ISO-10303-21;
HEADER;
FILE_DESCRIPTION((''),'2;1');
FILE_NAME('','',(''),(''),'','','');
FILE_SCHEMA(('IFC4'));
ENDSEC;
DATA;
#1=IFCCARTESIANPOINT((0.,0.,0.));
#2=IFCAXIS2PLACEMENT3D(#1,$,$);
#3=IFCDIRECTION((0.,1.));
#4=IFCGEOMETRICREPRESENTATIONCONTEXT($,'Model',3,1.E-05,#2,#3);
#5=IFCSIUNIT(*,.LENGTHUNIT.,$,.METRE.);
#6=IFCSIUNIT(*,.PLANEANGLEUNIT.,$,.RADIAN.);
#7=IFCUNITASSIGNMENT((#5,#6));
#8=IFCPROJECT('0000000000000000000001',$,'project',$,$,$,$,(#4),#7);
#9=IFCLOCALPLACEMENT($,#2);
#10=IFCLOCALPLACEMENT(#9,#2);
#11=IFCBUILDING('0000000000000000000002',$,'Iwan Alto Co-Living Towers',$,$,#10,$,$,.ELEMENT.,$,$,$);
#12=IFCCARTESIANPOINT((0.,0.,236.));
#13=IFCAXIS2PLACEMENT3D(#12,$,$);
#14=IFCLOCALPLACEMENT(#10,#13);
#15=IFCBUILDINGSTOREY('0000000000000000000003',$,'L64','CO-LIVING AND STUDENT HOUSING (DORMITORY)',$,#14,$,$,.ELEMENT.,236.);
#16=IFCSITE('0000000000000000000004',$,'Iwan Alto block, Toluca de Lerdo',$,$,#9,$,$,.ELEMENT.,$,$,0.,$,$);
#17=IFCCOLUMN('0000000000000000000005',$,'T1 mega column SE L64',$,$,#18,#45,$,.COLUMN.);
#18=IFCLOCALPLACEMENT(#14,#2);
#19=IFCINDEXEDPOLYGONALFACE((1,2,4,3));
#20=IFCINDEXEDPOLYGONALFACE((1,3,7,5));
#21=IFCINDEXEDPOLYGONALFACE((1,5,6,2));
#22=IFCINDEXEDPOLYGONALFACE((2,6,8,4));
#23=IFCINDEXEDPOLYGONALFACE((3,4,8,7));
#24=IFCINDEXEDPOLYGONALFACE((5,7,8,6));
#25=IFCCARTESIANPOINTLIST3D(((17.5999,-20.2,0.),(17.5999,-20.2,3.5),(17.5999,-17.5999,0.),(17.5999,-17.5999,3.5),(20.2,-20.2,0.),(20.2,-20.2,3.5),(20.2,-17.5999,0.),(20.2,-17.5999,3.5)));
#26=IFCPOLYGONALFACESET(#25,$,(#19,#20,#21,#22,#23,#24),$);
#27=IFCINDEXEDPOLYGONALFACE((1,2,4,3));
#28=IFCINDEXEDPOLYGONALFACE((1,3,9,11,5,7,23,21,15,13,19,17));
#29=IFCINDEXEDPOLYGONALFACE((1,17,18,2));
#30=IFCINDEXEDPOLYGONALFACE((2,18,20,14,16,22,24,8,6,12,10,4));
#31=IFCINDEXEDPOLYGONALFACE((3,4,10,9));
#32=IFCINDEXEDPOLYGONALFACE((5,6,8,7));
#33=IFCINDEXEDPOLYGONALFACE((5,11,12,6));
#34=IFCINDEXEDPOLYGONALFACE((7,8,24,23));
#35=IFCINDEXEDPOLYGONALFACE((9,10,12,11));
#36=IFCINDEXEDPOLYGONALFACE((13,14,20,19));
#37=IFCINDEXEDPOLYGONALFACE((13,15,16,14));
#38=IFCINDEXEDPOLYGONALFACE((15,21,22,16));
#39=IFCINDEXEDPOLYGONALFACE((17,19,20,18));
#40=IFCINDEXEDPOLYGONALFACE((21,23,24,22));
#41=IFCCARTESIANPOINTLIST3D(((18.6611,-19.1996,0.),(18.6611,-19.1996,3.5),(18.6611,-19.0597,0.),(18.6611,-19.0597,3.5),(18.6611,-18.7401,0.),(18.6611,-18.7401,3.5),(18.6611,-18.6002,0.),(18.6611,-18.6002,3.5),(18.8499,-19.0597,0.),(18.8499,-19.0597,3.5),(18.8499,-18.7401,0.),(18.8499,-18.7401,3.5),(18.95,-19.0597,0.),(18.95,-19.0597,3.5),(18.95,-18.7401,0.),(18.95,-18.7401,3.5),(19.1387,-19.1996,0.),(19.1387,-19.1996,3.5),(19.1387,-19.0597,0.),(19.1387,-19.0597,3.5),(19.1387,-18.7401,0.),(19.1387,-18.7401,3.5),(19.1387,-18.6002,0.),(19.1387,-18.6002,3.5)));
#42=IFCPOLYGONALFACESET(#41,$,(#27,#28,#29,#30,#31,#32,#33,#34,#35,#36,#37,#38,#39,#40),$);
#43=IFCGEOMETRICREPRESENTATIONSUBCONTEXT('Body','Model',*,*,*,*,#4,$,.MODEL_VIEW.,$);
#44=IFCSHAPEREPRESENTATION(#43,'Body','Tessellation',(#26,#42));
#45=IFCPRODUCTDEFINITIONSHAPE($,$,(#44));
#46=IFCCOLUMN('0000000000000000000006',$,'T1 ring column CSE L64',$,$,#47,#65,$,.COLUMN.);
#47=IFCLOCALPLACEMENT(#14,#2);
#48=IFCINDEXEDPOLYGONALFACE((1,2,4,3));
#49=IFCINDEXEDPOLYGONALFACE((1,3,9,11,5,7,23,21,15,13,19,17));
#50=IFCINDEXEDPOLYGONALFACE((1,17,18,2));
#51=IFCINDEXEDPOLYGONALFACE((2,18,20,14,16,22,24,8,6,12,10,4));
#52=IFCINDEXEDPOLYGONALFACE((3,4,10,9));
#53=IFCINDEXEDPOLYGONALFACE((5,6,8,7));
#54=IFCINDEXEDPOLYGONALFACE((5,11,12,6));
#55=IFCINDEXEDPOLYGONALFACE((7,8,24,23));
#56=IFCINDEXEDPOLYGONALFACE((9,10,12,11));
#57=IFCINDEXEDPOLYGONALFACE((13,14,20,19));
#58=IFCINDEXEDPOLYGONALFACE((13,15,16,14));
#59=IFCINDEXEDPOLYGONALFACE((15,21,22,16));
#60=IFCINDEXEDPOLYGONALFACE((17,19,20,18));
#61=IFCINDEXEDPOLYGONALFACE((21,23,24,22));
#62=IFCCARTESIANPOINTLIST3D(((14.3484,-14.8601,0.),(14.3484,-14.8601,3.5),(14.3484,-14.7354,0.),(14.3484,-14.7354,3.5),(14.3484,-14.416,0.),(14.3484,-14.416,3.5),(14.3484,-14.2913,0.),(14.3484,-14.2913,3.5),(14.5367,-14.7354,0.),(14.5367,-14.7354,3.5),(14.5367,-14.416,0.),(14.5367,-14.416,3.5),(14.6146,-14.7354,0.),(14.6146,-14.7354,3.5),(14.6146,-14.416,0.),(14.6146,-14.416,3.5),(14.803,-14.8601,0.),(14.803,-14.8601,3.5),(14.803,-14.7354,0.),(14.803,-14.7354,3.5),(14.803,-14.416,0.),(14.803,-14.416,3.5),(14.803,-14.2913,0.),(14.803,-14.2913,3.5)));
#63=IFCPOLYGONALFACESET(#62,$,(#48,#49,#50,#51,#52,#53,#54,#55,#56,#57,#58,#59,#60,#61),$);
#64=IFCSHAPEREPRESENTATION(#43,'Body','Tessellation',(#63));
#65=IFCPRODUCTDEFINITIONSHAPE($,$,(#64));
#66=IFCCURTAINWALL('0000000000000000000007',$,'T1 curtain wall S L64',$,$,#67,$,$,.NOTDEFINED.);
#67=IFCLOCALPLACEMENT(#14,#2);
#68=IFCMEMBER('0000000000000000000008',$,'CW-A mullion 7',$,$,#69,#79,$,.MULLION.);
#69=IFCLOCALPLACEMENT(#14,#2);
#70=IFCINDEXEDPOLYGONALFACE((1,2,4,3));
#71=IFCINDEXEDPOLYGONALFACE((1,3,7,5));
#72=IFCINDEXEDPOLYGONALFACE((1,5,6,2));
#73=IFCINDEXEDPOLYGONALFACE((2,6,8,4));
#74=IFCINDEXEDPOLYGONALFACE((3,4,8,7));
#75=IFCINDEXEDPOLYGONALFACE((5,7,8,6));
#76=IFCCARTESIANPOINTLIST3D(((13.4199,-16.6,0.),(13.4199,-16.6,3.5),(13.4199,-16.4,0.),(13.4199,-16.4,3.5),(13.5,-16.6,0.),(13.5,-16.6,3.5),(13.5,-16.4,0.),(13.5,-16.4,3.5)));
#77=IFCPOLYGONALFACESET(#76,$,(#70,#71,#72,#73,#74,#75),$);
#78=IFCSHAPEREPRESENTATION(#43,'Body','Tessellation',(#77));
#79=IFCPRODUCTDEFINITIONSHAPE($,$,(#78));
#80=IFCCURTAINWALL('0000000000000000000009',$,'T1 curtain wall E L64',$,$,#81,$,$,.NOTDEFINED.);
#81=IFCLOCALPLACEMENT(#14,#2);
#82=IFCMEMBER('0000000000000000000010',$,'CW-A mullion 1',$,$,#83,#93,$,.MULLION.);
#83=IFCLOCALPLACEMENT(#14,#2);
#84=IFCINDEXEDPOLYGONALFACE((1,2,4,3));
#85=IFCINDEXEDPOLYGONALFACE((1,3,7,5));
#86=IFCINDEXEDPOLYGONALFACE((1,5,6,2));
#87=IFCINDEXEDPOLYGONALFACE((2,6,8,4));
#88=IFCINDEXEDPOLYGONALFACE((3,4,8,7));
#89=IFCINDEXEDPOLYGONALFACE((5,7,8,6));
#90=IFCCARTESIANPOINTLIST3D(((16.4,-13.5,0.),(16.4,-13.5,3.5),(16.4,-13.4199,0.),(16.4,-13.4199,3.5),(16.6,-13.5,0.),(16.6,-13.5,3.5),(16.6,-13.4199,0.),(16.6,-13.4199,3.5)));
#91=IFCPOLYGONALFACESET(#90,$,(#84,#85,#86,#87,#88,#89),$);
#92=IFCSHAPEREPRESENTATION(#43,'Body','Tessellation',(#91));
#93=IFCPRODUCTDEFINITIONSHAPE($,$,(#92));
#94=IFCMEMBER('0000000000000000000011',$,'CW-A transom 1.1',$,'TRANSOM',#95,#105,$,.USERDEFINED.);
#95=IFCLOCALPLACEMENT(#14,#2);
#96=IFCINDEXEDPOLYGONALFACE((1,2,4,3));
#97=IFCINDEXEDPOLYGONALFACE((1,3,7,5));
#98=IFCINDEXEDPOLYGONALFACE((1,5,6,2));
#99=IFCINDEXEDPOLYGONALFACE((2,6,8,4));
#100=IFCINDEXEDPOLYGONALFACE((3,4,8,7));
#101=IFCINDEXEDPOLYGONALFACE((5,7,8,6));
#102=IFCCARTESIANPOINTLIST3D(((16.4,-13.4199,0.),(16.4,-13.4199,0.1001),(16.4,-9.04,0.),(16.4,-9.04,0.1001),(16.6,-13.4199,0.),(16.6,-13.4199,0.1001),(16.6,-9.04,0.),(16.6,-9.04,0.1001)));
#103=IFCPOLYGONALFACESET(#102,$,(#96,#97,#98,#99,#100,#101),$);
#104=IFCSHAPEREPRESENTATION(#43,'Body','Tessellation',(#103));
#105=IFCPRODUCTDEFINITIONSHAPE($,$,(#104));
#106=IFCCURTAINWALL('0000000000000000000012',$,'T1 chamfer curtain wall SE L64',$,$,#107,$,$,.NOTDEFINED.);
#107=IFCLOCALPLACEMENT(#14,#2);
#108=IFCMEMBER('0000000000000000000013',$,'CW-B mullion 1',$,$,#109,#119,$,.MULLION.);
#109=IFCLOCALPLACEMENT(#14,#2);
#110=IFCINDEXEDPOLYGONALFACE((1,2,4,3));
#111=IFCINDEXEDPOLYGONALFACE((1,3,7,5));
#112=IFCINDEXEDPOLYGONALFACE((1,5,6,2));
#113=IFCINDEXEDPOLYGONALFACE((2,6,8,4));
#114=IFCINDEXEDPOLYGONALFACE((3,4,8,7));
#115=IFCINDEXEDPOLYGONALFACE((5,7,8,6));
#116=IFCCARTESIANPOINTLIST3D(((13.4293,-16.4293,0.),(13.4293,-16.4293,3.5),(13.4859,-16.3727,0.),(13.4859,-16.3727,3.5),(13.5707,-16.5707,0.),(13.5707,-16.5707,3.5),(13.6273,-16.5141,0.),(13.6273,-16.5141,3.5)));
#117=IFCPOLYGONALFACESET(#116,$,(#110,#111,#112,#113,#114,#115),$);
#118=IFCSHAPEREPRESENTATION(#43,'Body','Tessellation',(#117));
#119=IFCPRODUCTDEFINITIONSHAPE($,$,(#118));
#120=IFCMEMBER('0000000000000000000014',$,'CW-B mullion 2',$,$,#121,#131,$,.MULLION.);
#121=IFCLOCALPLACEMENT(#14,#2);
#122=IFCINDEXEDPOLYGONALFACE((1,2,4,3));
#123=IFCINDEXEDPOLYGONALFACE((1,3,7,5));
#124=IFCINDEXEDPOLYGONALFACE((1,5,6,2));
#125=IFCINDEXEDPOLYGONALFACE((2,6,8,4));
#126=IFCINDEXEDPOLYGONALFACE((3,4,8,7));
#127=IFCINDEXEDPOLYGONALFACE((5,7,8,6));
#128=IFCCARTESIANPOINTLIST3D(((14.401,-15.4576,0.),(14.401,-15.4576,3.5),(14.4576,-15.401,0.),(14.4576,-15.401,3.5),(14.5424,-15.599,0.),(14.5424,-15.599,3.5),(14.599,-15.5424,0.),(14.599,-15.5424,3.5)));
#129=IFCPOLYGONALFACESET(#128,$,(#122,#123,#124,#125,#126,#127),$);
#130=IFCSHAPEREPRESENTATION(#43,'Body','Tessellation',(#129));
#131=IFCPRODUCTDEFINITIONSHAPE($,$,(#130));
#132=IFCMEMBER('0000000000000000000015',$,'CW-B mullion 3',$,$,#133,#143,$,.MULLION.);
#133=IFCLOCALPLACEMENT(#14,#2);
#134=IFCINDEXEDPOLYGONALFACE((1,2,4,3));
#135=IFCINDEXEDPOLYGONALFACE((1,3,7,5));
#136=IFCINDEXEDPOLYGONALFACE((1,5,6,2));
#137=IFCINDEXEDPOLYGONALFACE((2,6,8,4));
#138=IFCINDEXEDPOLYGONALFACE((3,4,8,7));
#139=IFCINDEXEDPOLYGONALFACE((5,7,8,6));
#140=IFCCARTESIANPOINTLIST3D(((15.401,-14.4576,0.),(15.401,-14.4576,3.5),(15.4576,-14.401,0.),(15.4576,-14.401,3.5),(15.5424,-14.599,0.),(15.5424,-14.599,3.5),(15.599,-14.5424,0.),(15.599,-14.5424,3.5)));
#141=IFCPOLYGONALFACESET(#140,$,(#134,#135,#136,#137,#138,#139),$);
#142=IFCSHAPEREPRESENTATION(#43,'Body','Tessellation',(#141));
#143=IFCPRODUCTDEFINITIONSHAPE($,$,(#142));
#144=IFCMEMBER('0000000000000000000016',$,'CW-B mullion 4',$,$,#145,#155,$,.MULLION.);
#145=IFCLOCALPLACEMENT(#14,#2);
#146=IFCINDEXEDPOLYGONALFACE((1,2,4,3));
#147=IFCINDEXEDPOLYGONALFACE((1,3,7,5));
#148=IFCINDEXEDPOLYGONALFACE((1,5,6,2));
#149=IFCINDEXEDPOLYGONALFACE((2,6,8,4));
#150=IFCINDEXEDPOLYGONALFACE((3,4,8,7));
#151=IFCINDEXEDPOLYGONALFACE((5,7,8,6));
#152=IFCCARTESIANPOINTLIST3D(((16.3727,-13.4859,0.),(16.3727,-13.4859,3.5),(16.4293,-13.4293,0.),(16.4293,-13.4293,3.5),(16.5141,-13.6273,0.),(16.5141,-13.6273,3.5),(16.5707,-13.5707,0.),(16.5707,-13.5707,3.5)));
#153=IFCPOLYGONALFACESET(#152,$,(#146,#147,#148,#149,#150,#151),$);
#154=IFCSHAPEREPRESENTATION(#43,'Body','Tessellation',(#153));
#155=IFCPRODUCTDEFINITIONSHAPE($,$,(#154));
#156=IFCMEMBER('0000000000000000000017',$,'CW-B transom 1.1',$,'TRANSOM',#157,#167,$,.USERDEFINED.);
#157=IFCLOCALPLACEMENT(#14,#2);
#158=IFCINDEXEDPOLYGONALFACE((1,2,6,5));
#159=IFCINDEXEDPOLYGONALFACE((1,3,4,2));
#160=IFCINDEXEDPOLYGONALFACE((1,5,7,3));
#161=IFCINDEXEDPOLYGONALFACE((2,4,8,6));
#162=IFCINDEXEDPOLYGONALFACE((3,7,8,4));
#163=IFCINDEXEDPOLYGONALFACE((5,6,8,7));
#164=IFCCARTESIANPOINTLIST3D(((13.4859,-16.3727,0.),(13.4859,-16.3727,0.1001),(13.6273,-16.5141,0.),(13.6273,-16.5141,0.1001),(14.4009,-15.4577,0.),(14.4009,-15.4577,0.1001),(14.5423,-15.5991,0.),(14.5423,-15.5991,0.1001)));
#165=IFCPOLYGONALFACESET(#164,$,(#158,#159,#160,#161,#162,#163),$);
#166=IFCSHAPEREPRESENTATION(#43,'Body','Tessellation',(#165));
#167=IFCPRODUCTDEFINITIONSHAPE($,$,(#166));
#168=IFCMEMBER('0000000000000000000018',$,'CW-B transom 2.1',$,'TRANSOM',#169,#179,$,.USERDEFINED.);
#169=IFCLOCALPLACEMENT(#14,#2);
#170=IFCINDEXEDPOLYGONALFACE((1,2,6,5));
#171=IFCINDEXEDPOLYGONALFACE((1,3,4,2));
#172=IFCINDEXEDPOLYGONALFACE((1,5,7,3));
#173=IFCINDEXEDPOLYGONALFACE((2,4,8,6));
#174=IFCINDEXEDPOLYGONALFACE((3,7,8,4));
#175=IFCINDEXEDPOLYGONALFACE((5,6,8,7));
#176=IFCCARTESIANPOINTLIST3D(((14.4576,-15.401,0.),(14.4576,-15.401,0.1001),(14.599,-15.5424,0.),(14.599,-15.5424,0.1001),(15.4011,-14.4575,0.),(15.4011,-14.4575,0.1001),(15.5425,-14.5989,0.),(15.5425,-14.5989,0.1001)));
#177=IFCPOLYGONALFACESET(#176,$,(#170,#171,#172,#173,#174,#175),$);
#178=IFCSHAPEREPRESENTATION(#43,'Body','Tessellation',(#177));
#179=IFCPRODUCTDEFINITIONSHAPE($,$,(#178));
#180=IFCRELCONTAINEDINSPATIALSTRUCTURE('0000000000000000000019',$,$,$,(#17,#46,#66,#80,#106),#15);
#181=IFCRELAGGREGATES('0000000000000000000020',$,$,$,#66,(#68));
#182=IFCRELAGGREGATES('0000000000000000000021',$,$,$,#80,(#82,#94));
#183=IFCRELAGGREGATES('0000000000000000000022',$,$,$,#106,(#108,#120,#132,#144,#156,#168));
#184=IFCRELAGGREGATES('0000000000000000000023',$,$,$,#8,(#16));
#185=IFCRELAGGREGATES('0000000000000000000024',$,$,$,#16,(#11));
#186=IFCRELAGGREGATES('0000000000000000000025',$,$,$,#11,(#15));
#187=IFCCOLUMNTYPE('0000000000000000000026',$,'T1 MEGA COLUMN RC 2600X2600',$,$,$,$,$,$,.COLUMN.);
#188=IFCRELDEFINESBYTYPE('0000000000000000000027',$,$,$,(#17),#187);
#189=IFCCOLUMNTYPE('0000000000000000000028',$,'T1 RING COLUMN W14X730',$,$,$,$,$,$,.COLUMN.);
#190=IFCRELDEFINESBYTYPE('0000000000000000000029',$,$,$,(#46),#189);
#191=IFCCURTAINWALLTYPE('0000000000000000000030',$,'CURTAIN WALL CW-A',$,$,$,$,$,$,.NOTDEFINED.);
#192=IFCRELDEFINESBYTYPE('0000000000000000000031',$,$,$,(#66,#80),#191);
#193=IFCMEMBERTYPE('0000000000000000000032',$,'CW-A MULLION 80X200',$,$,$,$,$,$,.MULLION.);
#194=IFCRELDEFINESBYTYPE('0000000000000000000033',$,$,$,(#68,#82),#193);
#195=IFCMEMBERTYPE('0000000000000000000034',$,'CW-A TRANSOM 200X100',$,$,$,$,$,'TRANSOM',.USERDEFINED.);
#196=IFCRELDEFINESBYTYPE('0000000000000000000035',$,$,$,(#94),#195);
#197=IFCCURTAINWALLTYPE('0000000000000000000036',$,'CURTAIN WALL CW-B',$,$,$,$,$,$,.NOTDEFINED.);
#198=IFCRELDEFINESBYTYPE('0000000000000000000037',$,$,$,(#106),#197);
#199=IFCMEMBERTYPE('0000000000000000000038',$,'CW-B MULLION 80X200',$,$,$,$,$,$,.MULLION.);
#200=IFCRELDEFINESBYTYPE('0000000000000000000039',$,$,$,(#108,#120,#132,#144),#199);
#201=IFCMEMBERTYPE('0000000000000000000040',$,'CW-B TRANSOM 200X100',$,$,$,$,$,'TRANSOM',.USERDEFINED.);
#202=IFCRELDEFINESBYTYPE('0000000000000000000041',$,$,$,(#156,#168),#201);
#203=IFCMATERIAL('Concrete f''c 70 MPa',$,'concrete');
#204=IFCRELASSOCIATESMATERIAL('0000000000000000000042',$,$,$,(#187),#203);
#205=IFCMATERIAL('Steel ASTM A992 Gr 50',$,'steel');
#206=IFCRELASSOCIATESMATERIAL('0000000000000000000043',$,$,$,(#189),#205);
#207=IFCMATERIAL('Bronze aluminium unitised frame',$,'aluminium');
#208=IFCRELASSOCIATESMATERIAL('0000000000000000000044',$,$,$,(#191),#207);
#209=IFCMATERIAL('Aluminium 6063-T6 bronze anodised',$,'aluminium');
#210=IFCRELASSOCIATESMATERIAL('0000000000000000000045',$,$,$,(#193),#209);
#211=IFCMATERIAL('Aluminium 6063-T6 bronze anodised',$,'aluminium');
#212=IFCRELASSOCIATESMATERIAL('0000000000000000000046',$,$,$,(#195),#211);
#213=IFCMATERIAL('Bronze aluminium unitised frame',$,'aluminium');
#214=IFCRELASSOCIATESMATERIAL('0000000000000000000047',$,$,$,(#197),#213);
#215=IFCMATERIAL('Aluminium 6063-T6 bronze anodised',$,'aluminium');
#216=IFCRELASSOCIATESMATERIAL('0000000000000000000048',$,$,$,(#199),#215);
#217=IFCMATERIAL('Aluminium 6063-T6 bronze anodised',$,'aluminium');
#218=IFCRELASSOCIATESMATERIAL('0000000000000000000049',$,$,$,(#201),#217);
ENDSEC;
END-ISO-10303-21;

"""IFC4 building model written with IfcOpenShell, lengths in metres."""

from ifc_helpers import new_model, si_unit, direction, frame, origin, origin_2d, place, context, subcontext, project, spatial, rectangle, i_section, extrude, material, material_profile, profile_set, type_object, element, aggregate, save


model = new_model("IFC4")

# Units and contexts
model_context = context("Model", 3, precision=1e-05, world=origin(), true_north=direction((0.0, 1.0)))
body_context = subcontext(model_context, "Body", "Model", "MODEL_VIEW")
ifc_project = project(units=[si_unit("LENGTHUNIT", "METRE"), si_unit("PLANEANGLEUNIT", "RADIAN")], contexts=[model_context])

# Site, building, storey
site_placement = place(None, origin())
site = spatial("IfcSite", under=ifc_project, at=site_placement, Name="Iwan Alto block, Toluca de Lerdo", CompositionType="ELEMENT", RefElevation=0.0)
building_placement = place(site_placement, origin())
building = spatial("IfcBuilding", under=site, at=building_placement, Name="Iwan Alto Co-Living Towers", CompositionType="ELEMENT")
storey_placement = place(building_placement, frame((0.0, 0.0, 236.0)))
storey = spatial("IfcBuildingStorey", under=building, at=storey_placement, Name="L64", Description="CO-LIVING AND STUDENT HOUSING (DORMITORY)", CompositionType="ELEMENT", Elevation=236.0)

# Columns
ifc_material_1 = material(Name="Concrete f'c 70 MPa", Category="concrete")
ifc_material_profile_1 = material_profile(ifc_material_1, rectangle(XDim=2.6001, YDim=2.6001, at=origin_2d()), Name="RC 2600X2600")
ifc_profile_set_1 = profile_set([ifc_material_profile_1], Name="Concrete f'c 70 MPa")
column_type_1 = type_object("IfcColumnType", Name="T1 MEGA COLUMN RC 2600X2600", PredefinedType="COLUMN", material=ifc_profile_set_1)
column_1_placement = place(storey_placement, frame((18.8999, -18.8999, 0.0), z_axis=(0.0, 0.0, 1.0), x_axis=(1.0, 0.0, 0.0)))
element("IfcColumn", 1, at=column_1_placement, inside=storey, type_object=column_type_1, Name="T1 mega column SE L64", PredefinedType="COLUMN", context=body_context, shape_type="SweptSolid", body=[
    extrude(rectangle(XDim=2.6001, YDim=2.6001, at=origin_2d()), origin(), (0.0, 0.0, 1.0), 3.5),
    extrude(i_section(OverallWidth=0.4775, OverallDepth=0.5994, WebThickness=0.1001, FlangeThickness=0.1399, at=origin_2d()), origin(), (0.0, 0.0, 1.0), 3.5),
])
ifc_material_2 = material(Name="Steel ASTM A992 Gr 50", Category="steel")
ifc_material_profile_2 = material_profile(ifc_material_2, i_section(OverallWidth=0.4546, OverallDepth=0.5688, WebThickness=0.0779, FlangeThickness=0.1248, at=origin_2d()), Name="W14X730")
ifc_profile_set_2 = profile_set([ifc_material_profile_2], Name="Steel ASTM A992 Gr 50")
column_type_2 = type_object("IfcColumnType", Name="T1 RING COLUMN W14X730", PredefinedType="COLUMN", material=ifc_profile_set_2)
column_2_placement = place(storey_placement, frame((14.5757, -14.5757, 0.0), z_axis=(0.0, 0.0, 1.0), x_axis=(1.0, 0.0, 0.0)))
element("IfcColumn", 2, at=column_2_placement, inside=storey, type_object=column_type_2, Name="T1 ring column CSE L64", PredefinedType="COLUMN", context=body_context, shape_type="SweptSolid", body=[
    extrude(i_section(OverallWidth=0.4546, OverallDepth=0.5688, WebThickness=0.0779, FlangeThickness=0.1248, at=origin_2d()), origin(), (0.0, 0.0, 1.0), 3.5),
])

# Curtain wall, member
ifc_material_3 = material(Name="Bronze aluminium unitised frame", Category="aluminium")
curtain_wall_type_1 = type_object("IfcCurtainWallType", Name="CURTAIN WALL CW-A", PredefinedType="NOTDEFINED", material=ifc_material_3)
curtain_wall_1_placement = place(storey_placement, origin())
curtain_wall_1 = element("IfcCurtainWall", 3, at=curtain_wall_1_placement, inside=storey, type_object=curtain_wall_type_1, Name="T1 curtain wall S L64", PredefinedType="NOTDEFINED")
ifc_material_4 = material(Name="Aluminium 6063-T6 bronze anodised", Category="aluminium")
ifc_material_profile_3 = material_profile(ifc_material_4, rectangle(XDim=0.2, YDim=0.0801, at=origin_2d()), Name="AL 80X200")
ifc_profile_set_3 = profile_set([ifc_material_profile_3], Name="Aluminium 6063-T6 bronze anodised")
member_type_1 = type_object("IfcMemberType", Name="CW-A MULLION 80X200", PredefinedType="MULLION", material=ifc_profile_set_3)
member_1_placement = place(storey_placement, frame((13.46, -16.5, 0.0), z_axis=(0.0, 0.0, 1.0), x_axis=(0.0, 1.0, 0.0)))
member_1 = element("IfcMember", 4, at=member_1_placement, type_object=member_type_1, Name="CW-A mullion 7", PredefinedType="MULLION", context=body_context, shape_type="SweptSolid", body=[
    extrude(rectangle(XDim=0.2, YDim=0.0801, at=origin_2d()), origin(), (0.0, 0.0, 1.0), 3.5),
])
aggregate(curtain_wall_1, [member_1])

# Curtain walls, members
curtain_wall_2_placement = place(storey_placement, origin())
curtain_wall_2 = element("IfcCurtainWall", 5, at=curtain_wall_2_placement, inside=storey, type_object=curtain_wall_type_1, Name="T1 curtain wall E L64", PredefinedType="NOTDEFINED")
member_2_placement = place(storey_placement, frame((16.5, -13.46, 0.0), z_axis=(0.0, 0.0, 1.0), x_axis=(-1.0, 0.0, 0.0)))
member_2 = element("IfcMember", 6, at=member_2_placement, type_object=member_type_1, Name="CW-A mullion 1", PredefinedType="MULLION", context=body_context, shape_type="SweptSolid", body=[
    extrude(rectangle(XDim=0.2, YDim=0.0801, at=origin_2d()), origin(), (0.0, 0.0, 1.0), 3.5),
])
ifc_material_5 = material(Name="Aluminium 6063-T6 bronze anodised", Category="aluminium")
ifc_material_profile_4 = material_profile(ifc_material_5, rectangle(XDim=0.2, YDim=0.1001, at=origin_2d()), Name="AL 200X100")
ifc_profile_set_4 = profile_set([ifc_material_profile_4], Name="Aluminium 6063-T6 bronze anodised")
member_type_2 = type_object("IfcMemberType", Name="CW-A TRANSOM 200X100", ElementType="TRANSOM", PredefinedType="USERDEFINED", material=ifc_profile_set_4)
member_3_placement = place(storey_placement, frame((16.5, -13.4199, 0.05), z_axis=(0.0, 1.0, 0.0), x_axis=(-1.0, 0.0, 0.0)))
member_3 = element("IfcMember", 7, at=member_3_placement, type_object=member_type_2, Name="CW-A transom 1.1", ObjectType="TRANSOM", PredefinedType="USERDEFINED", context=body_context, shape_type="SweptSolid", body=[
    extrude(rectangle(XDim=0.2, YDim=0.1001, at=origin_2d()), origin(), (0.0, 0.0, 1.0), 4.3799),
])
aggregate(curtain_wall_2, [member_2, member_3])
ifc_material_6 = material(Name="Bronze aluminium unitised frame", Category="aluminium")
curtain_wall_type_2 = type_object("IfcCurtainWallType", Name="CURTAIN WALL CW-B", PredefinedType="NOTDEFINED", material=ifc_material_6)
curtain_wall_3_placement = place(storey_placement, origin())
curtain_wall_3 = element("IfcCurtainWall", 8, at=curtain_wall_3_placement, inside=storey, type_object=curtain_wall_type_2, Name="T1 chamfer curtain wall SE L64", PredefinedType="NOTDEFINED")
ifc_material_7 = material(Name="Aluminium 6063-T6 bronze anodised", Category="aluminium")
ifc_material_profile_5 = material_profile(ifc_material_7, rectangle(XDim=0.2, YDim=0.0801, at=origin_2d()), Name="AL 80X200")
ifc_profile_set_5 = profile_set([ifc_material_profile_5], Name="Aluminium 6063-T6 bronze anodised")
member_type_3 = type_object("IfcMemberType", Name="CW-B MULLION 80X200", PredefinedType="MULLION", material=ifc_profile_set_5)
member_4_placement = place(storey_placement, frame((13.5283, -16.4717, 0.0), z_axis=(0.0, 0.0, 1.0), x_axis=(-0.707107, 0.707107, 0.0)))
member_4 = element("IfcMember", 9, at=member_4_placement, type_object=member_type_3, Name="CW-B mullion 1", PredefinedType="MULLION", context=body_context, shape_type="SweptSolid", body=[
    extrude(rectangle(XDim=0.2, YDim=0.0801, at=origin_2d()), origin(), (0.0, 0.0, 1.0), 3.5),
])
member_5_placement = place(storey_placement, frame((14.5, -15.5, 0.0), z_axis=(0.0, 0.0, 1.0), x_axis=(-0.707107, 0.707107, 0.0)))
member_5 = element("IfcMember", 10, at=member_5_placement, type_object=member_type_3, Name="CW-B mullion 2", PredefinedType="MULLION", context=body_context, shape_type="SweptSolid", body=[
    extrude(rectangle(XDim=0.2, YDim=0.0801, at=origin_2d()), origin(), (0.0, 0.0, 1.0), 3.5),
])
member_6_placement = place(storey_placement, frame((15.5, -14.5, 0.0), z_axis=(0.0, 0.0, 1.0), x_axis=(-0.707107, 0.707107, 0.0)))
member_6 = element("IfcMember", 11, at=member_6_placement, type_object=member_type_3, Name="CW-B mullion 3", PredefinedType="MULLION", context=body_context, shape_type="SweptSolid", body=[
    extrude(rectangle(XDim=0.2, YDim=0.0801, at=origin_2d()), origin(), (0.0, 0.0, 1.0), 3.5),
])
member_7_placement = place(storey_placement, frame((16.4717, -13.5283, 0.0), z_axis=(0.0, 0.0, 1.0), x_axis=(-0.707107, 0.707107, 0.0)))
member_7 = element("IfcMember", 12, at=member_7_placement, type_object=member_type_3, Name="CW-B mullion 4", PredefinedType="MULLION", context=body_context, shape_type="SweptSolid", body=[
    extrude(rectangle(XDim=0.2, YDim=0.0801, at=origin_2d()), origin(), (0.0, 0.0, 1.0), 3.5),
])
ifc_material_8 = material(Name="Aluminium 6063-T6 bronze anodised", Category="aluminium")
ifc_material_profile_6 = material_profile(ifc_material_8, rectangle(XDim=0.2, YDim=0.1001, at=origin_2d()), Name="AL 200X100")
ifc_profile_set_6 = profile_set([ifc_material_profile_6], Name="Aluminium 6063-T6 bronze anodised")
member_type_4 = type_object("IfcMemberType", Name="CW-B TRANSOM 200X100", ElementType="TRANSOM", PredefinedType="USERDEFINED", material=ifc_profile_set_6)
member_8_placement = place(storey_placement, frame((13.5566, -16.4434, 0.05), z_axis=(0.707107, 0.707107, 0.0), x_axis=(-0.707107, 0.707107, 0.0)))
member_8 = element("IfcMember", 13, at=member_8_placement, type_object=member_type_4, Name="CW-B transom 1.1", ObjectType="TRANSOM", PredefinedType="USERDEFINED", context=body_context, shape_type="SweptSolid", body=[
    extrude(rectangle(XDim=0.2, YDim=0.1001, at=origin_2d()), origin(), (0.0, 0.0, 1.0), 1.2939),
])
member_9_placement = place(storey_placement, frame((14.5283, -15.4717, 0.05), z_axis=(0.707107, 0.707107, 0.0), x_axis=(-0.707107, 0.707107, 0.0)))
member_9 = element("IfcMember", 14, at=member_9_placement, type_object=member_type_4, Name="CW-B transom 2.1", ObjectType="TRANSOM", PredefinedType="USERDEFINED", context=body_context, shape_type="SweptSolid", body=[
    extrude(rectangle(XDim=0.2, YDim=0.1001, at=origin_2d()), origin(), (0.0, 0.0, 1.0), 1.3342),
])

aggregate(curtain_wall_3, [member_4, member_5, member_6, member_7, member_8, member_9])

save(model, "model.ifc")
